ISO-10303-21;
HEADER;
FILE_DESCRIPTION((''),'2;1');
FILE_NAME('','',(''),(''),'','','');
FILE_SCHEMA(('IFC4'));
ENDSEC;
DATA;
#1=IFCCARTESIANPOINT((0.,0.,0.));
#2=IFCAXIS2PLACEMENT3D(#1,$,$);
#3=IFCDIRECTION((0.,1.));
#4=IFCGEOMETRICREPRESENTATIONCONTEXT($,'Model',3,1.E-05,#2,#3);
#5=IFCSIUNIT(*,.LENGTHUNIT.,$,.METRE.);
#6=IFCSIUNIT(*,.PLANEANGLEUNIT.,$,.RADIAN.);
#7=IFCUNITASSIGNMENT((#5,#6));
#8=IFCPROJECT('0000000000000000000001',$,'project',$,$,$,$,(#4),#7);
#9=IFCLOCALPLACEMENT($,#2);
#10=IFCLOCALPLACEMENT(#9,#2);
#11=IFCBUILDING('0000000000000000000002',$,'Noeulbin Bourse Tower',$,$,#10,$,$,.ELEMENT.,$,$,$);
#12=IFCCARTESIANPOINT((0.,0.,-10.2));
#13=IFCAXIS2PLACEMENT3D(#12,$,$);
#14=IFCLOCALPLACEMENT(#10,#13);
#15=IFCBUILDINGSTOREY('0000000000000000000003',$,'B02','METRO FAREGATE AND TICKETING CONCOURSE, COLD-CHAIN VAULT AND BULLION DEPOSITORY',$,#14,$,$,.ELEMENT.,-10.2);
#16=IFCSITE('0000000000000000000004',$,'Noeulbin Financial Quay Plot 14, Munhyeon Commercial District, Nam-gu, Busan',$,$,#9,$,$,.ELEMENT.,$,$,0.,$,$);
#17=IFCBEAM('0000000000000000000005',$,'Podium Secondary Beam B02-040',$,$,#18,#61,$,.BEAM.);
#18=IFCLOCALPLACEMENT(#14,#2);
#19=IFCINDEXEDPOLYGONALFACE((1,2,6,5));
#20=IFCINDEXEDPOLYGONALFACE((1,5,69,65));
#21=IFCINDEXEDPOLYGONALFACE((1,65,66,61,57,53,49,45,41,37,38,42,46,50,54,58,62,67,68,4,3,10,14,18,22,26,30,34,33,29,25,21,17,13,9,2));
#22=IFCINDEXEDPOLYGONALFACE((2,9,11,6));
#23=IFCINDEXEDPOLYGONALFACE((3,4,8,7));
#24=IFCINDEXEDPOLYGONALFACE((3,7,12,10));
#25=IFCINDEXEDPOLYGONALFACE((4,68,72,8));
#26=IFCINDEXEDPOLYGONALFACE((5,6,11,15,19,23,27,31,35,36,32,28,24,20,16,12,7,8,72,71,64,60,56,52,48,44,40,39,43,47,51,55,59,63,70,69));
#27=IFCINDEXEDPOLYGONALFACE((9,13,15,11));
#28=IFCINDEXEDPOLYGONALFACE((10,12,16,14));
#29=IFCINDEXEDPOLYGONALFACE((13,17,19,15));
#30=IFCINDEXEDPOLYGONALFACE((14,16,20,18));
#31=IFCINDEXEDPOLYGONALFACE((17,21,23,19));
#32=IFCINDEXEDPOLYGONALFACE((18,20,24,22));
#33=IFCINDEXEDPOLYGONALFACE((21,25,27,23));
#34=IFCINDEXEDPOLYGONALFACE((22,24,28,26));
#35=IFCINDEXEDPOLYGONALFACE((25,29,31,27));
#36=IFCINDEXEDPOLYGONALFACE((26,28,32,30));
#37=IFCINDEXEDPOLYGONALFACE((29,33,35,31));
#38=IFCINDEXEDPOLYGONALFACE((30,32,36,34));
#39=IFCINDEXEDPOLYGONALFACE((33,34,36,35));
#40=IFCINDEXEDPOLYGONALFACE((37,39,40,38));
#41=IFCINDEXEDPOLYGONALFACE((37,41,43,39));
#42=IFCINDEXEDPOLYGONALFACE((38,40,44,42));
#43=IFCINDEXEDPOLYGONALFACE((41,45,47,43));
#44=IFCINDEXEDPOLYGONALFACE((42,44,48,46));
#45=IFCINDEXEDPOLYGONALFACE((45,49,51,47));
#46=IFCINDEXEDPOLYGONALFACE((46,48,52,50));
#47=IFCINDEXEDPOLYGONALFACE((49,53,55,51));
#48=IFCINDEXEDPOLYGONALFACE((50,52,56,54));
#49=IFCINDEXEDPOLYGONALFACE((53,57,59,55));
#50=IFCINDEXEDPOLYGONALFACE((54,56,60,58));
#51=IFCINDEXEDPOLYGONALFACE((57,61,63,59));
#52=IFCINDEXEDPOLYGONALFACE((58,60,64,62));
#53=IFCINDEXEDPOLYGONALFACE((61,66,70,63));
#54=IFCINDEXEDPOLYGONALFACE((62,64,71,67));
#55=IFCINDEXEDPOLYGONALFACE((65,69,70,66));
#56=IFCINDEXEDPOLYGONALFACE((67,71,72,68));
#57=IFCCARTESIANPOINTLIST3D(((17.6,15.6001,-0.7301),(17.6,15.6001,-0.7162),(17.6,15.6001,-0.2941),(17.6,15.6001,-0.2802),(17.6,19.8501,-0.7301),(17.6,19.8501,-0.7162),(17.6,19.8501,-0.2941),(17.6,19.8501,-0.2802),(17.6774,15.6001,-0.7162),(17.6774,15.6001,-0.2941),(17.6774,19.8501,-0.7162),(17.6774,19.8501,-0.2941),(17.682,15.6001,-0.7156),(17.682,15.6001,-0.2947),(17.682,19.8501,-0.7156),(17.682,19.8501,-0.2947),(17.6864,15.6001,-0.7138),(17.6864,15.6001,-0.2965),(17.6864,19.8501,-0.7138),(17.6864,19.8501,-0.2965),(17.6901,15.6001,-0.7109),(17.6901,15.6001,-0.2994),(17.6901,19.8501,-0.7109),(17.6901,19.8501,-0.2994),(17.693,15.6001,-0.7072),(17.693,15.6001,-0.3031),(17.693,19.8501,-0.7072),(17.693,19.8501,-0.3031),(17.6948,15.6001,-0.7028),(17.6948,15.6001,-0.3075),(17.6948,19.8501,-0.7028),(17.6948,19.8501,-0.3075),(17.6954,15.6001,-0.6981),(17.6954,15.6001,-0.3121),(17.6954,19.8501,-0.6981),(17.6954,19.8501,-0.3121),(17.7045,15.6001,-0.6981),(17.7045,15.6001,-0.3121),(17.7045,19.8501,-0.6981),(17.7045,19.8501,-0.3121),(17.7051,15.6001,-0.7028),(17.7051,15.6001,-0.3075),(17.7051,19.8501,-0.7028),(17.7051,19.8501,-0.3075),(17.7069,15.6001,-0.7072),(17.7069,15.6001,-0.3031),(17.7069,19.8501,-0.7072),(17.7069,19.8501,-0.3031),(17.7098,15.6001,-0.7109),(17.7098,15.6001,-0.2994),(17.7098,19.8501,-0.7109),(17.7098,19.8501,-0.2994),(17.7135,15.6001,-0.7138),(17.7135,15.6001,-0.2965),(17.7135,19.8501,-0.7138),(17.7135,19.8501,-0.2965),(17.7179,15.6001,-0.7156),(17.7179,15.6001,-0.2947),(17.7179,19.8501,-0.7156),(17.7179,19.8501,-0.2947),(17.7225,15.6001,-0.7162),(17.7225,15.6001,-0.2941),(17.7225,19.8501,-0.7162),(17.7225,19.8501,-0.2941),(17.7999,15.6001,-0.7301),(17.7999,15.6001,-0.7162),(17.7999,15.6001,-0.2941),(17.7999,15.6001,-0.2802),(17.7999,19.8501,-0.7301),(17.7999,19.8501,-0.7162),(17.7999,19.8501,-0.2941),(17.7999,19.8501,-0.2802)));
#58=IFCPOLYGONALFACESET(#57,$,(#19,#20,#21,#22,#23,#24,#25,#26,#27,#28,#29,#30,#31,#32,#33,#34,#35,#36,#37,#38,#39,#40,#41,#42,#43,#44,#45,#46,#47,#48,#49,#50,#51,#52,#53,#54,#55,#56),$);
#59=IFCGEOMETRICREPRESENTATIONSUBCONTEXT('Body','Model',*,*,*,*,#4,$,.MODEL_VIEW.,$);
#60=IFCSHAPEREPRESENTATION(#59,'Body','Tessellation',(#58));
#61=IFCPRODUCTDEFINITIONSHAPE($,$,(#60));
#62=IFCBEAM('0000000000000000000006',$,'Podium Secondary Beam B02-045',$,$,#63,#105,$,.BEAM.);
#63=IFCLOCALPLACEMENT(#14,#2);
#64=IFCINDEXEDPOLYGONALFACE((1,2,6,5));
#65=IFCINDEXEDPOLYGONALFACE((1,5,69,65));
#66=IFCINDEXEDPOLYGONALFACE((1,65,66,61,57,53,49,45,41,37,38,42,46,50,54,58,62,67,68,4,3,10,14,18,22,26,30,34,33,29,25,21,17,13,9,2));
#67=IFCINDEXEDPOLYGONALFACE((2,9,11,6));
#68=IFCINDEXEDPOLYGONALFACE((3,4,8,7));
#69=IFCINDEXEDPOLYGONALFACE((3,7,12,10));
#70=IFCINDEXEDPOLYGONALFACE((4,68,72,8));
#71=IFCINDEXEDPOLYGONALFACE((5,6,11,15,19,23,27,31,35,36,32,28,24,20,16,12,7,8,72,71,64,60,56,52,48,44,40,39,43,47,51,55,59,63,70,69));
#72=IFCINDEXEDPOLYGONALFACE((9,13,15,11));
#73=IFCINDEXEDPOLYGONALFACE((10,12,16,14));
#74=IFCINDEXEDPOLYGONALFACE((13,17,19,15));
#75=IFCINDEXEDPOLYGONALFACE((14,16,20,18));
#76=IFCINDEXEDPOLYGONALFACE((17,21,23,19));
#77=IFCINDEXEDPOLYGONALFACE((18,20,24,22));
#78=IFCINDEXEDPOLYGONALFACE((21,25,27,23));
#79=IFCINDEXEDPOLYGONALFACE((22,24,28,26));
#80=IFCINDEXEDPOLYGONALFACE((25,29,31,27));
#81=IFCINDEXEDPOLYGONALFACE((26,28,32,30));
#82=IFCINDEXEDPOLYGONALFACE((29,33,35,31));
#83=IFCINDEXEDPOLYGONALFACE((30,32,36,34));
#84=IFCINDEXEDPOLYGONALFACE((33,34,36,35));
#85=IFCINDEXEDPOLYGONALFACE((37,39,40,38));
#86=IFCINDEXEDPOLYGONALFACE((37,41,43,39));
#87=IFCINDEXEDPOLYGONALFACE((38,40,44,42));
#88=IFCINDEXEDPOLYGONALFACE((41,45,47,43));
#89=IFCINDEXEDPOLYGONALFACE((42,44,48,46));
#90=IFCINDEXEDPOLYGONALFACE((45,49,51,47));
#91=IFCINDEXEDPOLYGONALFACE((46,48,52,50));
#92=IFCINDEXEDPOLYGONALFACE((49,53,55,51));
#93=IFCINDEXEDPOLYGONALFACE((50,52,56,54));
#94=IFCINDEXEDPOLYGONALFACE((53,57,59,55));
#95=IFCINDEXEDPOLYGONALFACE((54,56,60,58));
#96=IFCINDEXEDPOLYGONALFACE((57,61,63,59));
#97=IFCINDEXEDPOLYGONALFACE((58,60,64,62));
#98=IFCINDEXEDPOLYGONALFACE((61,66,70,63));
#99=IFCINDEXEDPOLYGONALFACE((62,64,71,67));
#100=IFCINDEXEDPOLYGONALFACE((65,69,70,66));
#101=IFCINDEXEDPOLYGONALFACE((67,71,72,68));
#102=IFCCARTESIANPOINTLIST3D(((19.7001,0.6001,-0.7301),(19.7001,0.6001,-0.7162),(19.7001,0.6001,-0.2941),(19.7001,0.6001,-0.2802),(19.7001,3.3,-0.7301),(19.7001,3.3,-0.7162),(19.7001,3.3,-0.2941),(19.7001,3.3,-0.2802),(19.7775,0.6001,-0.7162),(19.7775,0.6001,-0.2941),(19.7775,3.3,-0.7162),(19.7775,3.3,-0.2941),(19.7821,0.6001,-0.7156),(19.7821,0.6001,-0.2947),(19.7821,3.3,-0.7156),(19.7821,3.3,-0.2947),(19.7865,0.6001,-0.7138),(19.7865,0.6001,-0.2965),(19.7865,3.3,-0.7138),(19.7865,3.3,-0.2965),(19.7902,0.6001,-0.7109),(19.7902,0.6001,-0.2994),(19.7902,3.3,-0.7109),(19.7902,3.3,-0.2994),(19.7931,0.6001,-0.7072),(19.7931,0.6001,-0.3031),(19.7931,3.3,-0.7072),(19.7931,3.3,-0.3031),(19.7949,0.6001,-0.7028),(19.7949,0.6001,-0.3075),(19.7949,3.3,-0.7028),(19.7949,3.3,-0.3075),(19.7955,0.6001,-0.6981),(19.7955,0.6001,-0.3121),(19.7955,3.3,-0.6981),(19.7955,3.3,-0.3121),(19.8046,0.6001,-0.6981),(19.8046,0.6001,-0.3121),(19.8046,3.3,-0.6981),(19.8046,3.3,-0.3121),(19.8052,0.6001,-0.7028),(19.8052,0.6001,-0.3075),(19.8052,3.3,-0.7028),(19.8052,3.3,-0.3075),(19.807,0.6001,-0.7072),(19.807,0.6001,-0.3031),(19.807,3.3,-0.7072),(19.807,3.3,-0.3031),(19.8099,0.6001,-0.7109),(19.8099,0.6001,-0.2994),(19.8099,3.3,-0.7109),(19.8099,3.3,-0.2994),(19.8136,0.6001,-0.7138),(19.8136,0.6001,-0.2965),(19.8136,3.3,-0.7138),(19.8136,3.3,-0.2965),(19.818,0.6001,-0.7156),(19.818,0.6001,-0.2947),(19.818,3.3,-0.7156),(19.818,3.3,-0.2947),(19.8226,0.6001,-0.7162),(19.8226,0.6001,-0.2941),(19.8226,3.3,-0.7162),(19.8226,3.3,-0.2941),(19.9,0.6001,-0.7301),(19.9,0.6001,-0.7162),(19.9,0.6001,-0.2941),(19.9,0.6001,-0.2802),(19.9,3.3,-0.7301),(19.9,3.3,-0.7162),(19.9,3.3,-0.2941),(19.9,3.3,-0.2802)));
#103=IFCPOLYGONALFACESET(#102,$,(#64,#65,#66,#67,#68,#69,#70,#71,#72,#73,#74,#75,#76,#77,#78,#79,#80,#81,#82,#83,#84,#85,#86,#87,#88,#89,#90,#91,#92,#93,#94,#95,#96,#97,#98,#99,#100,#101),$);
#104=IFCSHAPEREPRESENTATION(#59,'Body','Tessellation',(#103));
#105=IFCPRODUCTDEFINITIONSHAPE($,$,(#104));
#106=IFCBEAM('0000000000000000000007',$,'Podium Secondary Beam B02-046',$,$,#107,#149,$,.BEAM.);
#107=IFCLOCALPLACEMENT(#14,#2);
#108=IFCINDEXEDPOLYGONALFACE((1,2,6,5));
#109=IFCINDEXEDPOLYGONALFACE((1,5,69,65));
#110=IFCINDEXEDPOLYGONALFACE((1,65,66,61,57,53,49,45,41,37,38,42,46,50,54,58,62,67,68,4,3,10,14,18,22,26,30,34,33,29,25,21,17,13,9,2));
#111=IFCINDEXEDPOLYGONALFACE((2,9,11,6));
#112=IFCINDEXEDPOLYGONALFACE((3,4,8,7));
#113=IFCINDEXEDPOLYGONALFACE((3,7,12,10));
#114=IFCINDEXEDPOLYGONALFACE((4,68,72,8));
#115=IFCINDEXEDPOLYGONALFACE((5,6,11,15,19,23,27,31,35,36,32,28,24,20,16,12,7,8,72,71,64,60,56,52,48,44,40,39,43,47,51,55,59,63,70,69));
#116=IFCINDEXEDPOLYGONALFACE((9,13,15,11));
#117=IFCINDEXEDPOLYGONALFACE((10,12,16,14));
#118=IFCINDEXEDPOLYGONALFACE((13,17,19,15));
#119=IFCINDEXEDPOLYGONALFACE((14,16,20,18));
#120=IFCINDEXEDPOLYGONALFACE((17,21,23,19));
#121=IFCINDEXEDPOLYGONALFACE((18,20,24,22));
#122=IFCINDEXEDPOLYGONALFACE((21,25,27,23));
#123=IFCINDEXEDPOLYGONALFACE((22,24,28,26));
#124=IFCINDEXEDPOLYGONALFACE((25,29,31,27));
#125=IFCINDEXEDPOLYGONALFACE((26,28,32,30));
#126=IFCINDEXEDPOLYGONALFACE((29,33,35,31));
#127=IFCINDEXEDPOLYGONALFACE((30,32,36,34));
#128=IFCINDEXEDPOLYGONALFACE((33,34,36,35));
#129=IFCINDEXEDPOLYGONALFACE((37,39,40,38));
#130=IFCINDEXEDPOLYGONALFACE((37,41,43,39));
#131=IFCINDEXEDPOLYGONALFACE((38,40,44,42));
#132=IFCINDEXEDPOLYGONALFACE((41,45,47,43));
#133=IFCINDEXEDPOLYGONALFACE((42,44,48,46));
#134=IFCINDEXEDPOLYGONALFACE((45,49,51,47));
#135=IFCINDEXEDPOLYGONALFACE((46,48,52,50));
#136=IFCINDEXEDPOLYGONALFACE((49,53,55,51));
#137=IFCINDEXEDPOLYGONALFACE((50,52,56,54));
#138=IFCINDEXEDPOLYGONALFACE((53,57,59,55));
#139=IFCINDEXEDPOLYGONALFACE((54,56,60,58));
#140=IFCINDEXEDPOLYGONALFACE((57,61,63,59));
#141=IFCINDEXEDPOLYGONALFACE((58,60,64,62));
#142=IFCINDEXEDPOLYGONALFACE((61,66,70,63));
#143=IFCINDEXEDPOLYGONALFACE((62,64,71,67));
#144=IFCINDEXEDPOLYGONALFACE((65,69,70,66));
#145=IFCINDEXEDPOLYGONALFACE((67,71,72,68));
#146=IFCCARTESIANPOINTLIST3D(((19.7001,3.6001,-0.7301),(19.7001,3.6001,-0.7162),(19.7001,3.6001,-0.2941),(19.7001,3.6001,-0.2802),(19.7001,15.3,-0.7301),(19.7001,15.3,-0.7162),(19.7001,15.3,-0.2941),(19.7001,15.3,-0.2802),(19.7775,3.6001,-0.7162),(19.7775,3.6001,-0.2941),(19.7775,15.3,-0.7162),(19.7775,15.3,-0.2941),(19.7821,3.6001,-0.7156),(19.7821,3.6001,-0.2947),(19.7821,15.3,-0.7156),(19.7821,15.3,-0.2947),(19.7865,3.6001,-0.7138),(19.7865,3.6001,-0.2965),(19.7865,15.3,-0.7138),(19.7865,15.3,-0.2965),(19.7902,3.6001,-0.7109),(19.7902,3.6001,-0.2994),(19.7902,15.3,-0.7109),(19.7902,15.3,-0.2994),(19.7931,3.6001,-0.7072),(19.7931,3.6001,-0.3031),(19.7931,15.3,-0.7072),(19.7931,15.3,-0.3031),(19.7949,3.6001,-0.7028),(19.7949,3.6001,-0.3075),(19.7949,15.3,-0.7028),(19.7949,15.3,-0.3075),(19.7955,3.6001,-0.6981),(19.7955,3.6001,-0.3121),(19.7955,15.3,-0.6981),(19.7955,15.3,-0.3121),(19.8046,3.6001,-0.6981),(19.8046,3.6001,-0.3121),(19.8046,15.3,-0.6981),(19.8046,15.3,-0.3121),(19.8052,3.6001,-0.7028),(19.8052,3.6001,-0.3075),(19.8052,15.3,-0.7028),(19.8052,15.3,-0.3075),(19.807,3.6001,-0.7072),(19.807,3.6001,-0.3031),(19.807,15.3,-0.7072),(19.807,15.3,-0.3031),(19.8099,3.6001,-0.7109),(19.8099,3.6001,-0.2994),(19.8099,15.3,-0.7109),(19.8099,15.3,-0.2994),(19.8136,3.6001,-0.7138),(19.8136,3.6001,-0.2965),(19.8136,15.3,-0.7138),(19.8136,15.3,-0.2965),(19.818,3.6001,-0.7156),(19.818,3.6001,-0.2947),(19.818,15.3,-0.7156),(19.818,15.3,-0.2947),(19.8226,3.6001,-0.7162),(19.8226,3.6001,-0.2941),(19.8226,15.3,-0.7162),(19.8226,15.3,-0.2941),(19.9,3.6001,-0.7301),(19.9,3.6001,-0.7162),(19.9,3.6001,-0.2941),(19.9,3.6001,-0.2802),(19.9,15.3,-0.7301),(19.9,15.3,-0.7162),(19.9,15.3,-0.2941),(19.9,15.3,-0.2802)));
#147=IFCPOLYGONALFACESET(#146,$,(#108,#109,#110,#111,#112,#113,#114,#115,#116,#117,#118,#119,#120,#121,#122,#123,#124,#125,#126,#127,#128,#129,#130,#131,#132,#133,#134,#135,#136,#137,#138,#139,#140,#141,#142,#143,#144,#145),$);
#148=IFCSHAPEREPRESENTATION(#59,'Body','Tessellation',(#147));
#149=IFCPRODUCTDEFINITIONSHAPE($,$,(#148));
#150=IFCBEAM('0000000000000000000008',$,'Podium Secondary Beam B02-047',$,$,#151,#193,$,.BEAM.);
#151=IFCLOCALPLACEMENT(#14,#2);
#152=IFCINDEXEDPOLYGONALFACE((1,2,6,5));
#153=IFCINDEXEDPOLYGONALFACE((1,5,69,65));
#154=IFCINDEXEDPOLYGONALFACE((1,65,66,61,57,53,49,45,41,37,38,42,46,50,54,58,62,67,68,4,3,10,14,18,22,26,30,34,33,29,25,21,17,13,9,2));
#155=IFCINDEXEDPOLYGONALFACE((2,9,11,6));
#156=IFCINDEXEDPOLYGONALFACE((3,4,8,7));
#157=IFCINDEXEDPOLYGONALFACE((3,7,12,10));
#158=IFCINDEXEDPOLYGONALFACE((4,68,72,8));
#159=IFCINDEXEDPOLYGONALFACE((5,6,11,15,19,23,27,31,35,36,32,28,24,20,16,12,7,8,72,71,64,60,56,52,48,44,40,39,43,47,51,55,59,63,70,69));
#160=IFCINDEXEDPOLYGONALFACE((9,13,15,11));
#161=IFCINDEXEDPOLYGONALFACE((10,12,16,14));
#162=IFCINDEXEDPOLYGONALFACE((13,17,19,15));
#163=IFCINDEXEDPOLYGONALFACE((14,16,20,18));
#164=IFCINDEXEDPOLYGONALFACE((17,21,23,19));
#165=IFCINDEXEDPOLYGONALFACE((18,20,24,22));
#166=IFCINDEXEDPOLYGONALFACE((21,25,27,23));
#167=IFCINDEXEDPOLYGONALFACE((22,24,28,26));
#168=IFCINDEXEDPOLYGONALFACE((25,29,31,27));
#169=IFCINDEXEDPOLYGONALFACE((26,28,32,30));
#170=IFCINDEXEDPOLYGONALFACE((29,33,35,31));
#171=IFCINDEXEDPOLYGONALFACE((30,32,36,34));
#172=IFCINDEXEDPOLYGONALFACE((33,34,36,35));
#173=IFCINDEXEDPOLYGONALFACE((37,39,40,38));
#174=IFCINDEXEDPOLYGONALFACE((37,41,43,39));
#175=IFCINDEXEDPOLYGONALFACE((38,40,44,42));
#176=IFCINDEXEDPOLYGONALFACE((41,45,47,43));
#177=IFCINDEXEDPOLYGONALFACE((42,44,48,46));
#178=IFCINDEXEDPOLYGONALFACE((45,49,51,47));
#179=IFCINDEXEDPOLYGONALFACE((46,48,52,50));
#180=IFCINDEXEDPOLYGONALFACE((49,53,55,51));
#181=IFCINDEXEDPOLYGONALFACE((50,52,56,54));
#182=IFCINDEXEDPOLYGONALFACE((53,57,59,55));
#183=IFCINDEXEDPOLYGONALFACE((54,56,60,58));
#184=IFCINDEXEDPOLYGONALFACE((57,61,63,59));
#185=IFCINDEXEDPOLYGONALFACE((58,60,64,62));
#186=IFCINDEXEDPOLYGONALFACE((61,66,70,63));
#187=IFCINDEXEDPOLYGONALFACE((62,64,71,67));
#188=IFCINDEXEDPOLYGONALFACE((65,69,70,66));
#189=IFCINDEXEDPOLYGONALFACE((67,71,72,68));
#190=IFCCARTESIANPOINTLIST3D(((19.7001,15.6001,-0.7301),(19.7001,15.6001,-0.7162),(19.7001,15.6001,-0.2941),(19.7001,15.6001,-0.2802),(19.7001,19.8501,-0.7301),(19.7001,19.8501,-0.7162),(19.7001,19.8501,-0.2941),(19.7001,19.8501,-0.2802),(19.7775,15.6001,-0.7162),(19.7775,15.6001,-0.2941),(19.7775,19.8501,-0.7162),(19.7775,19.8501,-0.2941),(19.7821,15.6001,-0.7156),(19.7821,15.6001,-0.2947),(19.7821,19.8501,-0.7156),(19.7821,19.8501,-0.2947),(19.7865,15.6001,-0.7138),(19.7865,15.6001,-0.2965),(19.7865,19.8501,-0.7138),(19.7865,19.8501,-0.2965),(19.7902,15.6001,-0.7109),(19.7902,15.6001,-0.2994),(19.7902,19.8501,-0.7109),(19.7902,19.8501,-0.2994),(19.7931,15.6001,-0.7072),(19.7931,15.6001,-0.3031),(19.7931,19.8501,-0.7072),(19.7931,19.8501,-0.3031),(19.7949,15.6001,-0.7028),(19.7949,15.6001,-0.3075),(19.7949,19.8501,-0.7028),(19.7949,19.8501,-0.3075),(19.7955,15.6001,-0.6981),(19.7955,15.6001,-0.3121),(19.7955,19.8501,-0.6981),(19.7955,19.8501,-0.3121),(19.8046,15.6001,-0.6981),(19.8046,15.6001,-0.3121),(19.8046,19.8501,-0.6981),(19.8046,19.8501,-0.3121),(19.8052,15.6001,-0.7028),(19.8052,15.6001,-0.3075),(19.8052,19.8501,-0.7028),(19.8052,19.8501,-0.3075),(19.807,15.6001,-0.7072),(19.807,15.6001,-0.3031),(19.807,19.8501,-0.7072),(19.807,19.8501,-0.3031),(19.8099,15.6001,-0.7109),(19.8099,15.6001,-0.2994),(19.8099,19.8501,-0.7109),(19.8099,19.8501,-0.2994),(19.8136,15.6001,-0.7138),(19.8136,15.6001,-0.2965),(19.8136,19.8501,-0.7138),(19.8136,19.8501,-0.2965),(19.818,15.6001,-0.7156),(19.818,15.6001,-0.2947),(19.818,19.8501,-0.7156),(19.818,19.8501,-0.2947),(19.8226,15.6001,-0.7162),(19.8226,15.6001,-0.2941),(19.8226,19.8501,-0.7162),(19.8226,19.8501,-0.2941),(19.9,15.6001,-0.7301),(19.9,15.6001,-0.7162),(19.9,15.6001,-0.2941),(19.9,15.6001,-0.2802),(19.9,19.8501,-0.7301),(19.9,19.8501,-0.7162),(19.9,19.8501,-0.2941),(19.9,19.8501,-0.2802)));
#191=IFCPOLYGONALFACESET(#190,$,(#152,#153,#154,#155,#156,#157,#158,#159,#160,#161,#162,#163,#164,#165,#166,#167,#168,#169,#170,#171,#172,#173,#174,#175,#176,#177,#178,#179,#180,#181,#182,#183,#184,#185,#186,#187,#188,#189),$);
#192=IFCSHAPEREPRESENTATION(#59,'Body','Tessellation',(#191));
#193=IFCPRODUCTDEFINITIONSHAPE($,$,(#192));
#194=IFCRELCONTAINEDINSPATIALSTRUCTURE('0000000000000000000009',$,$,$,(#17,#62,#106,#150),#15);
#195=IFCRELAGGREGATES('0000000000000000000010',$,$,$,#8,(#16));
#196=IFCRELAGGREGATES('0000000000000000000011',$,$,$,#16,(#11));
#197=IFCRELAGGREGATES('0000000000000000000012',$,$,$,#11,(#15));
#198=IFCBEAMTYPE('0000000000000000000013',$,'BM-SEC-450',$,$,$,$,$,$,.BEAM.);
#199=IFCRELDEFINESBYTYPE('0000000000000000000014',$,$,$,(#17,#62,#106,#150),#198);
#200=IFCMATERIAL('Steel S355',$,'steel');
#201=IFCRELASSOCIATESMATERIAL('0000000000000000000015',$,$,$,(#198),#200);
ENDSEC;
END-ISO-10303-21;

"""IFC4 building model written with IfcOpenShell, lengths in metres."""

from ifc_helpers import new_model, si_unit, direction, frame, origin, origin_2d, place, context, subcontext, project, spatial, i_section, extrude, material, material_profile, profile_set, type_object, element, save


model = new_model("IFC4")

# Units and contexts
model_context = context("Model", 3, precision=1e-05, world=origin(), true_north=direction((0.0, 1.0)))
body_context = subcontext(model_context, "Body", "Model", "MODEL_VIEW")
ifc_project = project(units=[si_unit("LENGTHUNIT", "METRE"), si_unit("PLANEANGLEUNIT", "RADIAN")], contexts=[model_context])

# Site, building, storey
site_placement = place(None, origin())
site = spatial("IfcSite", under=ifc_project, at=site_placement, Name="Noeulbin Financial Quay Plot 14, Munhyeon Commercial District, Nam-gu, Busan", CompositionType="ELEMENT", RefElevation=0.0)
building_placement = place(site_placement, origin())
building = spatial("IfcBuilding", under=site, at=building_placement, Name="Noeulbin Bourse Tower", CompositionType="ELEMENT")
storey_placement = place(building_placement, frame((0.0, 0.0, -10.2)))
storey = spatial("IfcBuildingStorey", under=building, at=storey_placement, Name="B02", Description="METRO FAREGATE AND TICKETING CONCOURSE, COLD-CHAIN VAULT AND BULLION DEPOSITORY", CompositionType="ELEMENT", Elevation=-10.2)

# Beams
ifc_material_1 = material(Name="Steel S355", Category="steel")
ifc_material_profile_1 = material_profile(ifc_material_1, i_section(OverallWidth=0.2, OverallDepth=0.45, WebThickness=0.009, FlangeThickness=0.0139, FilletRadius=0.0181, at=origin_2d()), Name="H-450x200x9x14", Category="LoadBearing")
ifc_profile_set_1 = profile_set([ifc_material_profile_1], Name="Steel S355")
beam_type_1 = type_object("IfcBeamType", Name="BM-SEC-450", PredefinedType="BEAM", material=ifc_profile_set_1)
beam_1_placement = place(storey_placement, frame((17.7, 15.6001, -0.5051), z_axis=(0.0, 1.0, 0.0), x_axis=(-1.0, 0.0, 0.0)))
element("IfcBeam", 1, at=beam_1_placement, inside=storey, type_object=beam_type_1, Name="Podium Secondary Beam B02-040", PredefinedType="BEAM", context=body_context, shape_type="SweptSolid", body=[
    extrude(i_section(OverallWidth=0.2, OverallDepth=0.45, WebThickness=0.009, FlangeThickness=0.0139, FilletRadius=0.0181, at=origin_2d()), origin(), (0.0, 0.0, 1.0), 4.25),
])
beam_2_placement = place(storey_placement, frame((19.8, 0.6001, -0.5051), z_axis=(0.0, 1.0, 0.0), x_axis=(-1.0, 0.0, 0.0)))
element("IfcBeam", 2, at=beam_2_placement, inside=storey, type_object=beam_type_1, Name="Podium Secondary Beam B02-045", PredefinedType="BEAM", context=body_context, shape_type="SweptSolid", body=[
    extrude(i_section(OverallWidth=0.2, OverallDepth=0.45, WebThickness=0.009, FlangeThickness=0.0139, FilletRadius=0.0181, at=origin_2d()), origin(), (0.0, 0.0, 1.0), 2.7),
])
beam_3_placement = place(storey_placement, frame((19.8, 3.6001, -0.5051), z_axis=(0.0, 1.0, 0.0), x_axis=(-1.0, 0.0, 0.0)))
element("IfcBeam", 3, at=beam_3_placement, inside=storey, type_object=beam_type_1, Name="Podium Secondary Beam B02-046", PredefinedType="BEAM", context=body_context, shape_type="SweptSolid", body=[
    extrude(i_section(OverallWidth=0.2, OverallDepth=0.45, WebThickness=0.009, FlangeThickness=0.0139, FilletRadius=0.0181, at=origin_2d()), origin(), (0.0, 0.0, 1.0), 11.7),
])
beam_4_placement = place(storey_placement, frame((19.8, 15.6001, -0.5051), z_axis=(0.0, 1.0, 0.0), x_axis=(-1.0, 0.0, 0.0)))
element("IfcBeam", 4, at=beam_4_placement, inside=storey, type_object=beam_type_1, Name="Podium Secondary Beam B02-047", PredefinedType="BEAM", context=body_context, shape_type="SweptSolid", body=[
    extrude(i_section(OverallWidth=0.2, OverallDepth=0.45, WebThickness=0.009, FlangeThickness=0.0139, FilletRadius=0.0181, at=origin_2d()), origin(), (0.0, 0.0, 1.0), 4.25),
])

save(model, "model.ifc")
